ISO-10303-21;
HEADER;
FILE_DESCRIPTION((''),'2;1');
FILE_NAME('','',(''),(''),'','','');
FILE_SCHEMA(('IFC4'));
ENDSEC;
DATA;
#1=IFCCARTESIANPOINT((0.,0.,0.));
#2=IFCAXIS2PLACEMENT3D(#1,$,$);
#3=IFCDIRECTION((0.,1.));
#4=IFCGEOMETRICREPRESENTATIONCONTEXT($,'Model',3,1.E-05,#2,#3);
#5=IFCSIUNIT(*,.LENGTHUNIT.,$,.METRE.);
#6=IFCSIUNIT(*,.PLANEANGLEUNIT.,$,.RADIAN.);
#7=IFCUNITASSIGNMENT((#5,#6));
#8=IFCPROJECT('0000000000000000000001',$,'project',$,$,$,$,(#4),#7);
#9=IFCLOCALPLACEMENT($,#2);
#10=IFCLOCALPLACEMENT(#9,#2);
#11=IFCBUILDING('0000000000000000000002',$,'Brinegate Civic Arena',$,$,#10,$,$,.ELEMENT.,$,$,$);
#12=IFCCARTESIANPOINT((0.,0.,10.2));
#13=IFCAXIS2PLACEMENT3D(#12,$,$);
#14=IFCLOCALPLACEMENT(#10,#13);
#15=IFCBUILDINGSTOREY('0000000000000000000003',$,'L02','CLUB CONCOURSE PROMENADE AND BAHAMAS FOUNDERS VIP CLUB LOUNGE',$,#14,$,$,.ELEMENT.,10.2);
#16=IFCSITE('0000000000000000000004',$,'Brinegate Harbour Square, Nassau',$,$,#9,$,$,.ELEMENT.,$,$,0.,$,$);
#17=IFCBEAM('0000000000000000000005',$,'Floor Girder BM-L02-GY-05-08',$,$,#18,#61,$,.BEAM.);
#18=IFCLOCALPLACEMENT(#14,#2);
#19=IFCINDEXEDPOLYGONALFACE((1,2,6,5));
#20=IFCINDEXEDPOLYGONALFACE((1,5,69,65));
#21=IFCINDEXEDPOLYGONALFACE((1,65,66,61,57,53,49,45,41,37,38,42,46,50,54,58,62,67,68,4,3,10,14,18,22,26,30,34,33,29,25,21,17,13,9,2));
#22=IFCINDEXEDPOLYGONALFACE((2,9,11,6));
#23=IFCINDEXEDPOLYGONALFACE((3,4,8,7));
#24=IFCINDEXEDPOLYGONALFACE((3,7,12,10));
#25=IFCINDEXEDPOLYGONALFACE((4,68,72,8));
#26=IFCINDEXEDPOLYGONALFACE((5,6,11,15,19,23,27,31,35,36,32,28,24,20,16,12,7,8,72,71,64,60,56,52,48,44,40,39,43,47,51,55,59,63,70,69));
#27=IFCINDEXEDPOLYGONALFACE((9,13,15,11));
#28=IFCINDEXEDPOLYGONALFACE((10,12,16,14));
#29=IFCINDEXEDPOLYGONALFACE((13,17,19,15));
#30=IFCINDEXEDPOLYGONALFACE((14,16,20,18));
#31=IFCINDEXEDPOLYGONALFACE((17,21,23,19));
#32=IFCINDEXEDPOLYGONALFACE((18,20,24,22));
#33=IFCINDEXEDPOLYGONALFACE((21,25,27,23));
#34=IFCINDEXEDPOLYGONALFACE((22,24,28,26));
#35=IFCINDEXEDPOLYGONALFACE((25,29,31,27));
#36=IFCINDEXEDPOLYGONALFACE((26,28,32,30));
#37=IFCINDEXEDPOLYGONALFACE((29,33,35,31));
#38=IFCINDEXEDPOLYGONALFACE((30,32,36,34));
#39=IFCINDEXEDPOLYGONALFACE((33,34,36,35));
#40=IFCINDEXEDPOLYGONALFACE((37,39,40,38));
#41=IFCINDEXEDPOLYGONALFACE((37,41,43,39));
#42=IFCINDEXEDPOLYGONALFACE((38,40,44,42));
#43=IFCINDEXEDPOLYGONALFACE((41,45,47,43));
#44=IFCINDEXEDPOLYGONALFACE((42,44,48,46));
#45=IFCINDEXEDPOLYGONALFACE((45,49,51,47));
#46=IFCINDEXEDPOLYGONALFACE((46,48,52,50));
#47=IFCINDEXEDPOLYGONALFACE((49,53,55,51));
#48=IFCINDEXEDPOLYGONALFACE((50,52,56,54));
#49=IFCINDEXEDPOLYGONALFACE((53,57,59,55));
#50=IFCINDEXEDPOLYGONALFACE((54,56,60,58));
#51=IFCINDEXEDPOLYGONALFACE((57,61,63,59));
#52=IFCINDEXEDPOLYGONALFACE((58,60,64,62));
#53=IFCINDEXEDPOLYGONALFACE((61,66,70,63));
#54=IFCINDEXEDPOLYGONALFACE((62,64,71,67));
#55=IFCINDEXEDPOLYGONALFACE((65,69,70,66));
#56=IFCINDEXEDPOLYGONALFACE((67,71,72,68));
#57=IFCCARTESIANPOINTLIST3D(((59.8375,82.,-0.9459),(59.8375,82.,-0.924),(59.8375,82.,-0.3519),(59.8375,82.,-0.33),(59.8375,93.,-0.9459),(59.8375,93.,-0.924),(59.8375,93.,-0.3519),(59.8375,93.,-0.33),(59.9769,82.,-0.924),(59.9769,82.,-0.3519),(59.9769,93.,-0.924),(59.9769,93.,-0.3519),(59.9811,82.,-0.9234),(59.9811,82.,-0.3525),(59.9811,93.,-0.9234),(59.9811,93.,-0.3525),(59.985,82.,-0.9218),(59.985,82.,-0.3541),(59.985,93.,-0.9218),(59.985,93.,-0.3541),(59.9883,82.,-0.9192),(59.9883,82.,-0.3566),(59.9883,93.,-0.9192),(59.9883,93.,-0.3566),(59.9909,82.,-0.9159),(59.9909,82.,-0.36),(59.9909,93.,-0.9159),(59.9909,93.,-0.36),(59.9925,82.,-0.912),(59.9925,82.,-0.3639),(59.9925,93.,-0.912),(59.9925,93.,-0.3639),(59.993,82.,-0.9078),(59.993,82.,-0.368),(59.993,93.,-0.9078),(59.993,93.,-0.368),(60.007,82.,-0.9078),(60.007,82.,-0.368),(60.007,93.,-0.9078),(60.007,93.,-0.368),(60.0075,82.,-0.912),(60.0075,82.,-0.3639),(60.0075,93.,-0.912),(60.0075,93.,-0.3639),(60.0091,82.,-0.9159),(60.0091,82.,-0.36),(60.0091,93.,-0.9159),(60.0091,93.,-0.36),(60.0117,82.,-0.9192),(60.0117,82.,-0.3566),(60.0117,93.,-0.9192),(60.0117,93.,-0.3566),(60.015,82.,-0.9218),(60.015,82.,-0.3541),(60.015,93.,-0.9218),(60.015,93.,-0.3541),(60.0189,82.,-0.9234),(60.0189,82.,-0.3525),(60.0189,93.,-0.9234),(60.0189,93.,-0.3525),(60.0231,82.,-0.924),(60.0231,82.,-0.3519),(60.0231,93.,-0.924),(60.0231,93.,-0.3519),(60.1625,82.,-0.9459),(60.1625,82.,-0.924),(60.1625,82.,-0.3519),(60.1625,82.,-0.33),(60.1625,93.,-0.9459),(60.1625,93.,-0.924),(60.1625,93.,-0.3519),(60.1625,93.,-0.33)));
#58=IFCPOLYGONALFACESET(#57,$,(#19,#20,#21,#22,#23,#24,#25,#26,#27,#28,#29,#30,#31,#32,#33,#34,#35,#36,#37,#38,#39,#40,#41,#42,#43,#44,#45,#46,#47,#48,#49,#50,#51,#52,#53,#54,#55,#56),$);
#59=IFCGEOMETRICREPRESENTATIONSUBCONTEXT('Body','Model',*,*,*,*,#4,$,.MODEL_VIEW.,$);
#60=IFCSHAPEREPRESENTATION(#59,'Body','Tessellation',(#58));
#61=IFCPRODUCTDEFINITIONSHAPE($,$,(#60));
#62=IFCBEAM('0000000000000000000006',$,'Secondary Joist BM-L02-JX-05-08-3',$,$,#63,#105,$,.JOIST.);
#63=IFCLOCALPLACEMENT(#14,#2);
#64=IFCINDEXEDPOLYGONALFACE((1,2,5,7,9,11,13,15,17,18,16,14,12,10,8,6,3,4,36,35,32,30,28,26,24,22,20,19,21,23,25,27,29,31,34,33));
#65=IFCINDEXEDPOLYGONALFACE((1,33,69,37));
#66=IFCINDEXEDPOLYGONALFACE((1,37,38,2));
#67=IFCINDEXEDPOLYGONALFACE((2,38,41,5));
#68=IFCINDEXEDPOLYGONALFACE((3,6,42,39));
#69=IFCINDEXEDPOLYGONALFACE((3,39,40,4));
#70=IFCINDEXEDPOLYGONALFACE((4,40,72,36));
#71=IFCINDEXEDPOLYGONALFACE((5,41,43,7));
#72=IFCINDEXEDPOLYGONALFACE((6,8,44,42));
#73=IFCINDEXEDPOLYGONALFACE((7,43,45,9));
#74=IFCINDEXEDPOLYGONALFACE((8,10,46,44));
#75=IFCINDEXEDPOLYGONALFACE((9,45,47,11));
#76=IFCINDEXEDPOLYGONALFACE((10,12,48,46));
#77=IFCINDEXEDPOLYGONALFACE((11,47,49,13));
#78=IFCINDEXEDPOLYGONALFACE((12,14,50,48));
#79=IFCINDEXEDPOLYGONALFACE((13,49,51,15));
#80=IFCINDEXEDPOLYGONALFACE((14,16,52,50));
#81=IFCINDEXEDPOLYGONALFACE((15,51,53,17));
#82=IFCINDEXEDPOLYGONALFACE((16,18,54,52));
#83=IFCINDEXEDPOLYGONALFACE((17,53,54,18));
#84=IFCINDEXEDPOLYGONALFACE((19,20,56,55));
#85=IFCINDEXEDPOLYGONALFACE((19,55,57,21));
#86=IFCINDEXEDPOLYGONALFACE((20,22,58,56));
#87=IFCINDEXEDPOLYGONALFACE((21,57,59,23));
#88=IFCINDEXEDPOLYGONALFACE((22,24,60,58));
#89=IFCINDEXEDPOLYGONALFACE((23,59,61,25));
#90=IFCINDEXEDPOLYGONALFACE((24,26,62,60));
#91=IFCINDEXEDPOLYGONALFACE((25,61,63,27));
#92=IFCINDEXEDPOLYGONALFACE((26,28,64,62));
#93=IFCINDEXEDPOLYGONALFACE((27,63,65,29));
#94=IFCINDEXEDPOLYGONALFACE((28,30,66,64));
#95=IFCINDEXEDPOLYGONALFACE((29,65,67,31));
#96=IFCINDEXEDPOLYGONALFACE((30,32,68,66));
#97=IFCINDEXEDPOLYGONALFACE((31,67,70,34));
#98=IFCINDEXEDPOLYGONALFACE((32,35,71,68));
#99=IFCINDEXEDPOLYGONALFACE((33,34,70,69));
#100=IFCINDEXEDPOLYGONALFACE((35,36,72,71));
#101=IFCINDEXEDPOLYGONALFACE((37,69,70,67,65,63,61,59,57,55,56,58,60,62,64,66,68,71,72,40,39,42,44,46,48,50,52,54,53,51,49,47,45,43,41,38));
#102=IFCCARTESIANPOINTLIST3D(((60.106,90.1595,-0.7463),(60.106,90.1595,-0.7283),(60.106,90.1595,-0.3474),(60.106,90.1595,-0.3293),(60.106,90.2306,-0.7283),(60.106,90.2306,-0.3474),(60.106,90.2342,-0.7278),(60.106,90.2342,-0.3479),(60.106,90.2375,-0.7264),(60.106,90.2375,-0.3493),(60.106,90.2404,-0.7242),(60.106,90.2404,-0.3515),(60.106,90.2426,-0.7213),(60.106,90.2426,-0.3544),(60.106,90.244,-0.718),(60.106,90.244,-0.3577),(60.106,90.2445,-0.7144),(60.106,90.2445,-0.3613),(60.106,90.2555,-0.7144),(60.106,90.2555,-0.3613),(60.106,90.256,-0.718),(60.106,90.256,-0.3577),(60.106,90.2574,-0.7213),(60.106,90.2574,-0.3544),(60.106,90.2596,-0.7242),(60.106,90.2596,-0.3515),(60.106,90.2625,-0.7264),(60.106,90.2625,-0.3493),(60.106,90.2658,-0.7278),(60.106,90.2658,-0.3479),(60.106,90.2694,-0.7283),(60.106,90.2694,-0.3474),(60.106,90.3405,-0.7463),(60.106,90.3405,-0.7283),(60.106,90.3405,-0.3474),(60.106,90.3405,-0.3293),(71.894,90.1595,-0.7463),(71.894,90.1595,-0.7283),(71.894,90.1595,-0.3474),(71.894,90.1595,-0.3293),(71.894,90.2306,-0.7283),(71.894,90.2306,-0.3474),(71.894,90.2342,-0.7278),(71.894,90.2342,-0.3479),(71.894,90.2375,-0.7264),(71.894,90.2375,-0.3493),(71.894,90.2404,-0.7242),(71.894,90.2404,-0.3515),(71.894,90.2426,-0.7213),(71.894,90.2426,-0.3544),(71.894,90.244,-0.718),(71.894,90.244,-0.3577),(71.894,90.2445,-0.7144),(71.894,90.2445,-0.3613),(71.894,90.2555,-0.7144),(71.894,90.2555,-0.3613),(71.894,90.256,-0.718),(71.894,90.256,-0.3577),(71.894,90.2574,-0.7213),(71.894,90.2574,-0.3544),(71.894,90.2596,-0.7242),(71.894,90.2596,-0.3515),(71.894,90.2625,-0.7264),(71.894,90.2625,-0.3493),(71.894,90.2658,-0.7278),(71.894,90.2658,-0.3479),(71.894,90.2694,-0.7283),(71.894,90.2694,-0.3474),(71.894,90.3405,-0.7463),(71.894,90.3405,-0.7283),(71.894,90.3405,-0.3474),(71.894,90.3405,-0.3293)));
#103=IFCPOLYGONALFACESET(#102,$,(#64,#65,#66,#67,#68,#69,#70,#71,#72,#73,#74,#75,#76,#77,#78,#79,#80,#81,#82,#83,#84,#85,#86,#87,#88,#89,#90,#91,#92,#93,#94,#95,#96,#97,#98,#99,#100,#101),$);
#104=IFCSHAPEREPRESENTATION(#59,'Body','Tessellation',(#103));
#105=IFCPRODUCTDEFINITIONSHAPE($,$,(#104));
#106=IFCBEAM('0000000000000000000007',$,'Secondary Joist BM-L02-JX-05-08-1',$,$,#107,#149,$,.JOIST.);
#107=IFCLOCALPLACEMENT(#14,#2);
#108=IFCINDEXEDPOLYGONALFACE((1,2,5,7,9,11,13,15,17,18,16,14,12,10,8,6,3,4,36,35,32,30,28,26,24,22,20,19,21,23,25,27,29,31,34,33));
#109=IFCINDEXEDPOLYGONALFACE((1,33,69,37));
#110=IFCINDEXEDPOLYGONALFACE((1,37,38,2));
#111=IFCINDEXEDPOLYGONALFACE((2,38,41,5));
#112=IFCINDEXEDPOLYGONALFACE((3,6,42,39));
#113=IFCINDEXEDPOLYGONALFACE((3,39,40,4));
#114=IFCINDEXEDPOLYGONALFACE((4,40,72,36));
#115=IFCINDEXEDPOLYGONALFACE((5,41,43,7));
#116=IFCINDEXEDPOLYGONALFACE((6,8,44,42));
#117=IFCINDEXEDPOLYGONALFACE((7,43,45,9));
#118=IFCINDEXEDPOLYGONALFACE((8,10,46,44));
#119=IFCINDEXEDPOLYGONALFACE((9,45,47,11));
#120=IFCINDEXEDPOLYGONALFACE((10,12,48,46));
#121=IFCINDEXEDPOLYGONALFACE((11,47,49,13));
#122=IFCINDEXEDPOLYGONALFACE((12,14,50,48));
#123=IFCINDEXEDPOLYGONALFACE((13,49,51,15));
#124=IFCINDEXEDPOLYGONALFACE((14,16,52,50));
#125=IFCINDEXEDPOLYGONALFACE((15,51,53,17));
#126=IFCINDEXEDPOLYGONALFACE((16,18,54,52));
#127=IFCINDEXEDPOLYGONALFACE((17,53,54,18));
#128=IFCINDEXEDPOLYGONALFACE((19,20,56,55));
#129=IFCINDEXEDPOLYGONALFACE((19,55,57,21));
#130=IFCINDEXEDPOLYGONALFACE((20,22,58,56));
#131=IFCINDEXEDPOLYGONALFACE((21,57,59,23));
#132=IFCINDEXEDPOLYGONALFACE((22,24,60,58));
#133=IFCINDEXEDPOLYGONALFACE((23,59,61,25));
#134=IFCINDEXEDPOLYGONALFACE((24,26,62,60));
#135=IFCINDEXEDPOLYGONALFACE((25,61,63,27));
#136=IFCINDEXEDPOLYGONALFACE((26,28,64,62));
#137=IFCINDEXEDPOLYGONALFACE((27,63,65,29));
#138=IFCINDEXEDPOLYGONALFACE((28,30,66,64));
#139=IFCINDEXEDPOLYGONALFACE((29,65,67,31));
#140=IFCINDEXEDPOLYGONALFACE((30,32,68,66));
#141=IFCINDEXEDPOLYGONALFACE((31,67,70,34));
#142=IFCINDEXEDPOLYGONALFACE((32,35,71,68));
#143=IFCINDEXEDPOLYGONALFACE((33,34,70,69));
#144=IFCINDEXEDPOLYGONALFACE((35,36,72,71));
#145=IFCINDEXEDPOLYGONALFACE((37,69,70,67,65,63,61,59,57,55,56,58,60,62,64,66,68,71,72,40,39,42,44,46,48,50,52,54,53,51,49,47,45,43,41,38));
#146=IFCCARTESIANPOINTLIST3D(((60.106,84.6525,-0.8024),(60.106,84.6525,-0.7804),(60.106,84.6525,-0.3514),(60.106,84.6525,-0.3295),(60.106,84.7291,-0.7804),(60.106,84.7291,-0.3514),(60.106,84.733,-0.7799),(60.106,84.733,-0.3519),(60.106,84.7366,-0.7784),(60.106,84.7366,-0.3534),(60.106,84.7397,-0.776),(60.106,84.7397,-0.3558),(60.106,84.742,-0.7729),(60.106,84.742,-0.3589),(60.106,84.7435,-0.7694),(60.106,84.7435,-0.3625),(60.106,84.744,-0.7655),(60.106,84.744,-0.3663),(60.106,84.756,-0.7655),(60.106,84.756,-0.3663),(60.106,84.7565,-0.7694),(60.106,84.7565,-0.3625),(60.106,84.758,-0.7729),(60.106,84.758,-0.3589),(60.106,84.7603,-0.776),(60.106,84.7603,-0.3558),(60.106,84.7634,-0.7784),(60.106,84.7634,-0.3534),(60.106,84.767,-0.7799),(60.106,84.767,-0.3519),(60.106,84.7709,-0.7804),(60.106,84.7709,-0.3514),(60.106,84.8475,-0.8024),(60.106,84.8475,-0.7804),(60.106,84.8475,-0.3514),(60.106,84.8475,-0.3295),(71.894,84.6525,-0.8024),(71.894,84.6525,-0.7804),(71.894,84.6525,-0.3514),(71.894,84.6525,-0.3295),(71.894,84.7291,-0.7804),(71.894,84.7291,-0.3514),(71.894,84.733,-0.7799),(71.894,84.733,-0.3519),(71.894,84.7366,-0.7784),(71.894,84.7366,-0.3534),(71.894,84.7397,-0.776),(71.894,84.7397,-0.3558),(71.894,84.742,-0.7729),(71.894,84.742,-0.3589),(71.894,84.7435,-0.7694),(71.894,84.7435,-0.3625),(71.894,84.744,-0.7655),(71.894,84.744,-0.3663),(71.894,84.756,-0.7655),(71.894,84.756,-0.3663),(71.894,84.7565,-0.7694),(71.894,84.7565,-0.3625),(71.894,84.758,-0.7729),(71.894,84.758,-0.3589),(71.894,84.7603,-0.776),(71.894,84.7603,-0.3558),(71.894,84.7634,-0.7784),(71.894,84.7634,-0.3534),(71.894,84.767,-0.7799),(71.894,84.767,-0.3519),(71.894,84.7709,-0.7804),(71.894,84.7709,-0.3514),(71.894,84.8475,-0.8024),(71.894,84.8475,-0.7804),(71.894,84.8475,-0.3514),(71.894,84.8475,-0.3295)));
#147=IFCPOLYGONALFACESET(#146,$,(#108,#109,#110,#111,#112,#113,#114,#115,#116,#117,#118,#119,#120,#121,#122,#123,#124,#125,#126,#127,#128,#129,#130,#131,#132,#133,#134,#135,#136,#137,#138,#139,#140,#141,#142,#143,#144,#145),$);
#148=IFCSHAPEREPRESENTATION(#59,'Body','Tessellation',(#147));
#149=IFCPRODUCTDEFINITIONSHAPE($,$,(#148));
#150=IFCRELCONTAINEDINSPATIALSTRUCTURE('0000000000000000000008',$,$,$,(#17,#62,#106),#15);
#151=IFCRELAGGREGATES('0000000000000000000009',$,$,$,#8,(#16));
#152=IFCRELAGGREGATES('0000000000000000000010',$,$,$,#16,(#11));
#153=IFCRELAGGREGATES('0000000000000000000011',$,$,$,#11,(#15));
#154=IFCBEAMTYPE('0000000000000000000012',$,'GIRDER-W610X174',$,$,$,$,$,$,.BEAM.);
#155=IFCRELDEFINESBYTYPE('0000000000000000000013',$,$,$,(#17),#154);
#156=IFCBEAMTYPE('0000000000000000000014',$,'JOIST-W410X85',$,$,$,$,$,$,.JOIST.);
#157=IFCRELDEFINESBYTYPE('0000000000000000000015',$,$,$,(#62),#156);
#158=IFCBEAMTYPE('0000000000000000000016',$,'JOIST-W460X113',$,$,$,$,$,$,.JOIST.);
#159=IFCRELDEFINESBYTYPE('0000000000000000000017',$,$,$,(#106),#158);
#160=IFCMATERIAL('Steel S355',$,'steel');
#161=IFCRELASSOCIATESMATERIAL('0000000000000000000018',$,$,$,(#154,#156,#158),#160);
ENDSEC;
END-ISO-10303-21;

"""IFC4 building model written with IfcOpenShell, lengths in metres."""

from ifc_helpers import new_model, si_unit, direction, frame, origin, origin_2d, place, context, subcontext, project, spatial, i_section, extrude, material, material_profile, profile_set, type_object, element, save


model = new_model("IFC4")

# Units and contexts
model_context = context("Model", 3, precision=1e-05, world=origin(), true_north=direction((0.0, 1.0)))
body_context = subcontext(model_context, "Body", "Model", "MODEL_VIEW")
ifc_project = project(units=[si_unit("LENGTHUNIT", "METRE"), si_unit("PLANEANGLEUNIT", "RADIAN")], contexts=[model_context])

# Site, building, storey
site_placement = place(None, origin())
site = spatial("IfcSite", under=ifc_project, at=site_placement, Name="Brinegate Harbour Square, Nassau", CompositionType="ELEMENT", RefElevation=0.0)
building_placement = place(site_placement, origin())
building = spatial("IfcBuilding", under=site, at=building_placement, Name="Brinegate Civic Arena", CompositionType="ELEMENT")
storey_placement = place(building_placement, frame((0.0, 0.0, 10.2)))
storey = spatial("IfcBuildingStorey", under=building, at=storey_placement, Name="L02", Description="CLUB CONCOURSE PROMENADE AND BAHAMAS FOUNDERS VIP CLUB LOUNGE", CompositionType="ELEMENT", Elevation=10.2)

# Beams
ifc_material_1 = material(Name="Steel S355", Category="steel")
ifc_material_profile_1 = material_profile(ifc_material_1, i_section(OverallWidth=0.325, OverallDepth=0.616, WebThickness=0.0139, FlangeThickness=0.022, FilletRadius=0.0161, at=origin_2d()), Name="W610X174")
ifc_profile_set_1 = profile_set([ifc_material_profile_1], Name="Steel S355")
beam_type_1 = type_object("IfcBeamType", Name="GIRDER-W610X174", PredefinedType="BEAM", material=ifc_profile_set_1)
beam_1_placement = place(storey_placement, frame((60.0, 82.0, -0.6379), z_axis=(0.0, 1.0, 0.0), x_axis=(-1.0, 0.0, 0.0)))
element("IfcBeam", 1, at=beam_1_placement, inside=storey, type_object=beam_type_1, Name="Floor Girder BM-L02-GY-05-08", PredefinedType="BEAM", context=body_context, shape_type="SweptSolid", body=[
    extrude(i_section(OverallWidth=0.325, OverallDepth=0.616, WebThickness=0.0139, FlangeThickness=0.022, FilletRadius=0.0161, at=origin_2d()), origin(), (0.0, 0.0, 1.0), 11.0),
])
ifc_material_profile_2 = material_profile(ifc_material_1, i_section(OverallWidth=0.1809, OverallDepth=0.417, WebThickness=0.011, FlangeThickness=0.0181, FilletRadius=0.0139, at=origin_2d()), Name="W410X85")
ifc_profile_set_2 = profile_set([ifc_material_profile_2], Name="Steel S355")
beam_type_2 = type_object("IfcBeamType", Name="JOIST-W410X85", PredefinedType="JOIST", material=ifc_profile_set_2)
beam_2_placement = place(storey_placement, frame((60.106, 90.25, -0.5378), z_axis=(1.0, 0.0, 0.0), x_axis=(0.0, 1.0, 0.0)))
element("IfcBeam", 2, at=beam_2_placement, inside=storey, type_object=beam_type_2, Name="Secondary Joist BM-L02-JX-05-08-3", PredefinedType="JOIST", context=body_context, shape_type="SweptSolid", body=[
    extrude(i_section(OverallWidth=0.1809, OverallDepth=0.417, WebThickness=0.011, FlangeThickness=0.0181, FilletRadius=0.0139, at=origin_2d()), origin(), (0.0, 0.0, 1.0), 11.7881),
])
ifc_material_profile_3 = material_profile(ifc_material_1, i_section(OverallWidth=0.1951, OverallDepth=0.4729, WebThickness=0.012, FlangeThickness=0.022, FilletRadius=0.0149, at=origin_2d()), Name="W460X113")
ifc_profile_set_3 = profile_set([ifc_material_profile_3], Name="Steel S355")
beam_type_3 = type_object("IfcBeamType", Name="JOIST-W460X113", PredefinedType="JOIST", material=ifc_profile_set_3)
beam_3_placement = place(storey_placement, frame((60.106, 84.75, -0.5659), z_axis=(1.0, 0.0, 0.0), x_axis=(0.0, 1.0, 0.0)))
element("IfcBeam", 3, at=beam_3_placement, inside=storey, type_object=beam_type_3, Name="Secondary Joist BM-L02-JX-05-08-1", PredefinedType="JOIST", context=body_context, shape_type="SweptSolid", body=[
    extrude(i_section(OverallWidth=0.1951, OverallDepth=0.4729, WebThickness=0.012, FlangeThickness=0.022, FilletRadius=0.0149, at=origin_2d()), origin(), (0.0, 0.0, 1.0), 11.7881),
])

save(model, "model.ifc")
